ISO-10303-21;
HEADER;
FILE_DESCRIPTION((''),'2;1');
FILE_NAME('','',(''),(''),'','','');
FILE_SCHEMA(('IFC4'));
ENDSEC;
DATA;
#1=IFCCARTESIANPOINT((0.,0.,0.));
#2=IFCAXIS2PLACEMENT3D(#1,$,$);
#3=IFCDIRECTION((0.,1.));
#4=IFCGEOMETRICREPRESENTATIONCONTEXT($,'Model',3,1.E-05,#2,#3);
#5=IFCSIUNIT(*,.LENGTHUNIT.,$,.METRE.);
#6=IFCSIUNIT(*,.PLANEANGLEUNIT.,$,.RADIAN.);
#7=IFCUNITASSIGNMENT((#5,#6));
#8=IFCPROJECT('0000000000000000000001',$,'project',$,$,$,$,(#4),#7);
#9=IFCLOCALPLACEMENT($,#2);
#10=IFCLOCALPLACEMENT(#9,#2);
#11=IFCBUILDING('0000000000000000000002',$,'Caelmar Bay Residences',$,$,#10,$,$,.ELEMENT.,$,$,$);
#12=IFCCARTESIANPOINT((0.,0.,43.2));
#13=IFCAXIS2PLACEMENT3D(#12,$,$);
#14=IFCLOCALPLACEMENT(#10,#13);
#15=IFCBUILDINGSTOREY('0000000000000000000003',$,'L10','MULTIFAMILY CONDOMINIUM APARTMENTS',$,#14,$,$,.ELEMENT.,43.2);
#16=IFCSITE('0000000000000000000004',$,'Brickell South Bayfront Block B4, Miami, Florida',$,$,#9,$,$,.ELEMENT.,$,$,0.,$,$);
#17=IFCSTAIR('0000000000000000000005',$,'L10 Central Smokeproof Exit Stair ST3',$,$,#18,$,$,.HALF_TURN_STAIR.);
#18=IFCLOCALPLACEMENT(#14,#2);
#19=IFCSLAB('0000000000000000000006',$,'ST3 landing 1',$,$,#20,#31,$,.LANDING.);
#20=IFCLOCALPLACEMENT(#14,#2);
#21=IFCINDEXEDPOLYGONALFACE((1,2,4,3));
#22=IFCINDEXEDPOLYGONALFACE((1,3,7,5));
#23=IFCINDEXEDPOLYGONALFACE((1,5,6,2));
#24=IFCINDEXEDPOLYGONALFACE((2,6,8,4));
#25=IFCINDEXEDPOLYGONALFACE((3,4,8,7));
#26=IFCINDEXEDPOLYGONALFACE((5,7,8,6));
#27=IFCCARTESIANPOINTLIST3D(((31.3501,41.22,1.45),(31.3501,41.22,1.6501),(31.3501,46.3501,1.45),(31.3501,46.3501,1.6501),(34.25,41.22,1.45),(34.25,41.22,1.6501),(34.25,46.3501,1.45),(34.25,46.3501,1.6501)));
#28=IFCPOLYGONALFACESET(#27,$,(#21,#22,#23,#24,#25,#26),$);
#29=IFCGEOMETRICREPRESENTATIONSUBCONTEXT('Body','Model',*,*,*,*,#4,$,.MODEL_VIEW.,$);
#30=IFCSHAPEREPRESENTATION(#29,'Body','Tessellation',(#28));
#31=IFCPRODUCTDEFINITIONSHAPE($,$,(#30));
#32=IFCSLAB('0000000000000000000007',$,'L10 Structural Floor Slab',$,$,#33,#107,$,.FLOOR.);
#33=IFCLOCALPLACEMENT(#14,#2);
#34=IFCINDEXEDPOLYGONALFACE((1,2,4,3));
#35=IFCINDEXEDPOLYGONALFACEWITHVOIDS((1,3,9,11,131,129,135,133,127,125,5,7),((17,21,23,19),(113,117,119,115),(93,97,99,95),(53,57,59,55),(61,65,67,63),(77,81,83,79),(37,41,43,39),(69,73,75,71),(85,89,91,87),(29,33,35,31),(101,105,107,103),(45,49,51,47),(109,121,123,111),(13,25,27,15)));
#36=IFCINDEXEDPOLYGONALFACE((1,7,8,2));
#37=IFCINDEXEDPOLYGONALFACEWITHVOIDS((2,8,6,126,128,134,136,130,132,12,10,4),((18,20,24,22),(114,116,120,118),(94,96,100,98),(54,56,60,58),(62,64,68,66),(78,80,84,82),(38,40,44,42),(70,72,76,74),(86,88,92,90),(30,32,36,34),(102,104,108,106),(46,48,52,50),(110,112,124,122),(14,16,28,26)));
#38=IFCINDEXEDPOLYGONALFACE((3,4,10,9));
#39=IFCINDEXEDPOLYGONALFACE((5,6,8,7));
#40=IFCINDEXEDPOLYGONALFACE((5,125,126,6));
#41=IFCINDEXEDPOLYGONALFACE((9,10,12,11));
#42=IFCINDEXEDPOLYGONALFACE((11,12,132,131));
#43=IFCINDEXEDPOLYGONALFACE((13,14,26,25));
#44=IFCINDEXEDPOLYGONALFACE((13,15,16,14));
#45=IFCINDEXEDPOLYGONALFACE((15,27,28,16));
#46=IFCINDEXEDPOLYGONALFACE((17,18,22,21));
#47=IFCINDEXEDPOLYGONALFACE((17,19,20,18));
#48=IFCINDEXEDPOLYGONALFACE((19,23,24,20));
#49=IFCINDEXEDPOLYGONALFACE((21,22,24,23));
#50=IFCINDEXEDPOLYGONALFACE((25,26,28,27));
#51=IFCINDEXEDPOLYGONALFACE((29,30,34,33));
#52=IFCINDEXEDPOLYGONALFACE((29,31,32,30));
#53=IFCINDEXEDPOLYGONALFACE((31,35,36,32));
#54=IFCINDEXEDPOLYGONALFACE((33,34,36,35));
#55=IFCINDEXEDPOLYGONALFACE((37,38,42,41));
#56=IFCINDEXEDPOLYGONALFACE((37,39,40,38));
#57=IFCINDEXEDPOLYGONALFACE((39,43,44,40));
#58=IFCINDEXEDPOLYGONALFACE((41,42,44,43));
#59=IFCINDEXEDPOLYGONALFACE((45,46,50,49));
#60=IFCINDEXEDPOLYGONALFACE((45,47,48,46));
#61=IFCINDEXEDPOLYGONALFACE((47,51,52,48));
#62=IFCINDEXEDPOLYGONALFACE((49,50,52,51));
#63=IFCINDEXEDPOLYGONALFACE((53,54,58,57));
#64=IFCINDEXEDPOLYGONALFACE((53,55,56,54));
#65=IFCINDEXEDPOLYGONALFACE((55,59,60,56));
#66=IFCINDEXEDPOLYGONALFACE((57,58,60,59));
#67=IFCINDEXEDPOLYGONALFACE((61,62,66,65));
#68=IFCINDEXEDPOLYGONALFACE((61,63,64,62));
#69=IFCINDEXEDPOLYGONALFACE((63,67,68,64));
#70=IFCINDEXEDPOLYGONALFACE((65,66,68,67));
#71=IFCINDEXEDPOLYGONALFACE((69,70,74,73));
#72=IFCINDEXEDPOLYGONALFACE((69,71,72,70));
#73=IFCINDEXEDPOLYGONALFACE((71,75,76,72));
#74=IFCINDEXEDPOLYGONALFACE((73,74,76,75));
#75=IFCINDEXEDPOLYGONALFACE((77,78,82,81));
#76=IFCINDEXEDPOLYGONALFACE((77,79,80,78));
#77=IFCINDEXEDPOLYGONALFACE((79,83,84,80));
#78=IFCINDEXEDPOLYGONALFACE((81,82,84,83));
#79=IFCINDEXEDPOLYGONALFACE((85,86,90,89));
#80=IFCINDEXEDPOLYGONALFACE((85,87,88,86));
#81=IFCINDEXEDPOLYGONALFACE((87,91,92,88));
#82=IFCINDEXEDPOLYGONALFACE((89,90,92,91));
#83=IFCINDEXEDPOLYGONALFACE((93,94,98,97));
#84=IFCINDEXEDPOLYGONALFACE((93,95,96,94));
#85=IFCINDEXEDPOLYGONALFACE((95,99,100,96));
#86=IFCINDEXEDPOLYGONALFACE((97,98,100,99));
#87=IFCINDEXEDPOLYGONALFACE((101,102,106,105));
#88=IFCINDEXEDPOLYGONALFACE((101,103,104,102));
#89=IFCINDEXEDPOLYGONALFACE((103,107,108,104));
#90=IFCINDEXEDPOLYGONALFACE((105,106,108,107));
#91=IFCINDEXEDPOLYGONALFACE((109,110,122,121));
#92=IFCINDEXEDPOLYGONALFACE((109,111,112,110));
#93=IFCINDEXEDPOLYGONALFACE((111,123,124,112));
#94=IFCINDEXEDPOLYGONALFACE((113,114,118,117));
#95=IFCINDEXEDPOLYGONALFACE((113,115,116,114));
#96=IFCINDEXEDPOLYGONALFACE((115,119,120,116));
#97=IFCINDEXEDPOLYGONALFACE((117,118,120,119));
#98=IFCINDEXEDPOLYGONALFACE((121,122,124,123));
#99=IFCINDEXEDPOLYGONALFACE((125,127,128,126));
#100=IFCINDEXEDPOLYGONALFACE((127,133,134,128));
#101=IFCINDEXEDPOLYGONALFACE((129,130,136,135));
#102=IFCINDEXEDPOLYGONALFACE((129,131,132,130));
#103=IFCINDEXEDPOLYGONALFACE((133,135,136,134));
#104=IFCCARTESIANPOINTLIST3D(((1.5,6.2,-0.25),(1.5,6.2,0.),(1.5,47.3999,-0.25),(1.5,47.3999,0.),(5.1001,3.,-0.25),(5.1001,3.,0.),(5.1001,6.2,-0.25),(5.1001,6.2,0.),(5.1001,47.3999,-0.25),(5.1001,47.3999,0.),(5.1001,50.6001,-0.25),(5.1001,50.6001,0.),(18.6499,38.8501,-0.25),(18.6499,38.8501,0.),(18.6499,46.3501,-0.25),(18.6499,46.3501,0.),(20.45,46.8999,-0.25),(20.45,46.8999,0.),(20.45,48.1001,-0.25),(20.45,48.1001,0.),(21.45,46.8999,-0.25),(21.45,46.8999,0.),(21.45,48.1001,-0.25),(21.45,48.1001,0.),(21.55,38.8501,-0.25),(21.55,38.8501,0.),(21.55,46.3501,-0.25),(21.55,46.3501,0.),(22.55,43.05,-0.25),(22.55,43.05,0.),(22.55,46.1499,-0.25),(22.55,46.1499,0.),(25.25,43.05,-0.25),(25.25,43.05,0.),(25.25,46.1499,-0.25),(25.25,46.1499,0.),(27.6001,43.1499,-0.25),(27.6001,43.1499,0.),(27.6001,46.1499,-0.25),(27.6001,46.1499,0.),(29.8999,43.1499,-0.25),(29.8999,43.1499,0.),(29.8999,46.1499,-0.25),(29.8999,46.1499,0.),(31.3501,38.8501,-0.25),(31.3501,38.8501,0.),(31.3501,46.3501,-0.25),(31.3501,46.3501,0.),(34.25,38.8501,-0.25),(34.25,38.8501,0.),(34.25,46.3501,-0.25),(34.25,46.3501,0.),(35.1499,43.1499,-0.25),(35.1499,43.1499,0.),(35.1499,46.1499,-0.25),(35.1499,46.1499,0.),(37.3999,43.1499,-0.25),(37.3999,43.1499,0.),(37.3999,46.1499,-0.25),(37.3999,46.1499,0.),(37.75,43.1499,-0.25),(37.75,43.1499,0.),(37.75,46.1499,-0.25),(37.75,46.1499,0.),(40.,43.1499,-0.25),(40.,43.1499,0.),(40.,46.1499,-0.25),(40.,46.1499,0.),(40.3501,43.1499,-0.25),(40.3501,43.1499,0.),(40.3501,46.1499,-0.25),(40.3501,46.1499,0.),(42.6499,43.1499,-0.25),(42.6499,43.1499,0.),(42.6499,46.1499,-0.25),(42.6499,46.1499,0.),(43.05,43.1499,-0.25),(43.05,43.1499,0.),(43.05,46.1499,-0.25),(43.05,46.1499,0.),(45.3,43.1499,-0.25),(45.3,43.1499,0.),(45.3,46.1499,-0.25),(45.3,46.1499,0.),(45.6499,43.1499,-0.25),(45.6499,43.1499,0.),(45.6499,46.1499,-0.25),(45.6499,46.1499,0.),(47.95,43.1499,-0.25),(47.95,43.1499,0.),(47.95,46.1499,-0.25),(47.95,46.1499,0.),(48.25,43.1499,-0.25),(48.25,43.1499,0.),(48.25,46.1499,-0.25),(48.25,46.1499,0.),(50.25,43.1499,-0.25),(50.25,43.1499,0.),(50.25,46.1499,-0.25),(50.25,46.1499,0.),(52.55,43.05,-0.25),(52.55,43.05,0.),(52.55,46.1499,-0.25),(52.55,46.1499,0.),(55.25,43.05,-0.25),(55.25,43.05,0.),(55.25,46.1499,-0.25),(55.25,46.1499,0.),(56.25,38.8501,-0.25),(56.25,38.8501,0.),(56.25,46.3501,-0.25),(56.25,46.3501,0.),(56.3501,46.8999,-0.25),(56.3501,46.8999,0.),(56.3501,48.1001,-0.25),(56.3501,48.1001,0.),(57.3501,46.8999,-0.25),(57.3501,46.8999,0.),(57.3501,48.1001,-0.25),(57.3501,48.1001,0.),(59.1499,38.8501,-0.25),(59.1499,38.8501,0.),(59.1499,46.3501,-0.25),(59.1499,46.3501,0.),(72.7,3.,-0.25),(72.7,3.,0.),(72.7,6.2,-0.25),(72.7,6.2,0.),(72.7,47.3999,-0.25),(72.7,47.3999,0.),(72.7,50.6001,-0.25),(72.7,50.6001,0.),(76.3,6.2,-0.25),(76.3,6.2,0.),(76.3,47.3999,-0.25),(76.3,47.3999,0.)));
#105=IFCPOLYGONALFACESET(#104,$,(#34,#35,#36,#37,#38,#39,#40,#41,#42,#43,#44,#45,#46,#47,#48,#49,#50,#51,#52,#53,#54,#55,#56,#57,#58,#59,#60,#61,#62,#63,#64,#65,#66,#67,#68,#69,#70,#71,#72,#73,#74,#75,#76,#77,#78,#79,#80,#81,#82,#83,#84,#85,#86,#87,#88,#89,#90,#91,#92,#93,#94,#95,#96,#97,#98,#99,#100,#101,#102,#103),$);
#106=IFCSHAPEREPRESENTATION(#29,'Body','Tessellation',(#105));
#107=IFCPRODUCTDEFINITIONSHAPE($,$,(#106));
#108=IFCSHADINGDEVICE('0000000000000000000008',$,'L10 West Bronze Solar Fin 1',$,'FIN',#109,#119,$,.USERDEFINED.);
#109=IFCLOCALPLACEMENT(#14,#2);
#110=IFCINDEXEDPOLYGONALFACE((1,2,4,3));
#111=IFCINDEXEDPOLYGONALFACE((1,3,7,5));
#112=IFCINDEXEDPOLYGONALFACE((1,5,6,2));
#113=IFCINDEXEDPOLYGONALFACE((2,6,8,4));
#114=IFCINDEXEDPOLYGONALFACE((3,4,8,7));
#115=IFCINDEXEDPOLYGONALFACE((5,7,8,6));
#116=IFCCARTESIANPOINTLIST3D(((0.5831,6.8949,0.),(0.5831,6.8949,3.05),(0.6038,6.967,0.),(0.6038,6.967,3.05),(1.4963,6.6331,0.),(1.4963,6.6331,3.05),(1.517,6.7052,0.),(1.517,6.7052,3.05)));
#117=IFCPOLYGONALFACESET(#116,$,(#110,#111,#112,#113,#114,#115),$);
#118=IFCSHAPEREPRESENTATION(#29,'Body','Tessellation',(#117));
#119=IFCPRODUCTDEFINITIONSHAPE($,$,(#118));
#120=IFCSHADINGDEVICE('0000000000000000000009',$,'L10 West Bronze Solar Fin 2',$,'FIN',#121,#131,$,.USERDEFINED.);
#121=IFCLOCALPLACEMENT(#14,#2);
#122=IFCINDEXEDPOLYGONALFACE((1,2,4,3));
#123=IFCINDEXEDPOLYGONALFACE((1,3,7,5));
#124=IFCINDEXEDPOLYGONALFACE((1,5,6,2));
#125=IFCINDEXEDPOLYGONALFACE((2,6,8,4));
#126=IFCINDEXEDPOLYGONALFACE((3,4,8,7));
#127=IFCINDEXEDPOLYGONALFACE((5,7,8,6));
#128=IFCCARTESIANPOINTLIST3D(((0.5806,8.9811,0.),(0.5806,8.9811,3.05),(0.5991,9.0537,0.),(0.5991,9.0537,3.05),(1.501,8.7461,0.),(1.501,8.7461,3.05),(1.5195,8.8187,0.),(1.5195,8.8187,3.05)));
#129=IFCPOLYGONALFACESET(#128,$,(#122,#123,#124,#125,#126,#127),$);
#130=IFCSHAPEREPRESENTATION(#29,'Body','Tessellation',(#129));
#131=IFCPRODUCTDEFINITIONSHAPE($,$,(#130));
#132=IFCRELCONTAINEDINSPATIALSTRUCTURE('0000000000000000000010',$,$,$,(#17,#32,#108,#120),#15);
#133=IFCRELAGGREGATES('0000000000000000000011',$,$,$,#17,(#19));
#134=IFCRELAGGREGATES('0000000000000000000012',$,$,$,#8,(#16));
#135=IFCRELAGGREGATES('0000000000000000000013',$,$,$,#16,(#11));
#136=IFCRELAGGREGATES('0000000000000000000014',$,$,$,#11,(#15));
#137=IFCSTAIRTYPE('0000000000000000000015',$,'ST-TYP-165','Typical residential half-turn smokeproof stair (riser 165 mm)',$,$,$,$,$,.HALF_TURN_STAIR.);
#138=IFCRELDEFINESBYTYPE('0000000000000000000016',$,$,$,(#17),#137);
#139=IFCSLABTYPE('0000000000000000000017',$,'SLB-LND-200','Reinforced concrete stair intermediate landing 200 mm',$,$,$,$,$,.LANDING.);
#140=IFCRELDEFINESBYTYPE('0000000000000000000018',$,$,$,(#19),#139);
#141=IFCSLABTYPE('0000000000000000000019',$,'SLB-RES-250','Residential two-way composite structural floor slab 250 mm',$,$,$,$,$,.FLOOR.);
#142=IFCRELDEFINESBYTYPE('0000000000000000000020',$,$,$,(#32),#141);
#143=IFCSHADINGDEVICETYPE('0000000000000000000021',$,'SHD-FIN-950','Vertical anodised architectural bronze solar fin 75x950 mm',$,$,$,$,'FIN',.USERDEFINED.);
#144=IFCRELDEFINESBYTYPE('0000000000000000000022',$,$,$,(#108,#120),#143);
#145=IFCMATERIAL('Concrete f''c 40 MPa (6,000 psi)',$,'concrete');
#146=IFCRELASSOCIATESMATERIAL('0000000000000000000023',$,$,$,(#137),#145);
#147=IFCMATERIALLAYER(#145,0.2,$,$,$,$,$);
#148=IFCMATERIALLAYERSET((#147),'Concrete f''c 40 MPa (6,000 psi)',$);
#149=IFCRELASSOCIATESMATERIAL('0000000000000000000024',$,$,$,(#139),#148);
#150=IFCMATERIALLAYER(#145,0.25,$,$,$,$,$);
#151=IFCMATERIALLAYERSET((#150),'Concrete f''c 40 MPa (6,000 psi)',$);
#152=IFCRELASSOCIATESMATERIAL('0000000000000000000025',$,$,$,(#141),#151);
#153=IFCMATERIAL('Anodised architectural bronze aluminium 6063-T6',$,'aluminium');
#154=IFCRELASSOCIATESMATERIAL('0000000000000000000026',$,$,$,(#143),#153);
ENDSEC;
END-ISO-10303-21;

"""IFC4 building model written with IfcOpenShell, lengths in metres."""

from ifc_helpers import new_model, si_unit, direction, frame, origin, origin_2d, place, context, subcontext, project, spatial, polyline, rectangle, outline, extrude, material, layer, layer_set, material_profile, profile_set, type_object, element, aggregate, save


model = new_model("IFC4")

# Units and contexts
model_context = context("Model", 3, precision=1e-05, world=origin(), true_north=direction((0.0, 1.0)))
body_context = subcontext(model_context, "Body", "Model", "MODEL_VIEW")
ifc_project = project(units=[si_unit("LENGTHUNIT", "METRE"), si_unit("PLANEANGLEUNIT", "RADIAN")], contexts=[model_context])

# Site, building, storey
site_placement = place(None, origin())
site = spatial("IfcSite", under=ifc_project, at=site_placement, Name="Brickell South Bayfront Block B4, Miami, Florida", CompositionType="ELEMENT", RefElevation=0.0)
building_placement = place(site_placement, origin())
building = spatial("IfcBuilding", under=site, at=building_placement, Name="Caelmar Bay Residences", CompositionType="ELEMENT")
storey_placement = place(building_placement, frame((0.0, 0.0, 43.2)))
storey = spatial("IfcBuildingStorey", under=building, at=storey_placement, Name="L10", Description="MULTIFAMILY CONDOMINIUM APARTMENTS", CompositionType="ELEMENT", Elevation=43.2)

# Shared definitions
ifc_material_1 = material(Name="Concrete f'c 40 MPa (6,000 psi)", Category="concrete")

# Stair, slab
stair_type = type_object("IfcStairType", Name="ST-TYP-165", Description="Typical residential half-turn smokeproof stair (riser 165 mm)", PredefinedType="HALF_TURN_STAIR", material=ifc_material_1)
ifc_layer_1 = layer(ifc_material_1, 0.2)
ifc_layer_set_1 = layer_set([ifc_layer_1], Name="Concrete f'c 40 MPa (6,000 psi)")
slab_type_1 = type_object("IfcSlabType", Name="SLB-LND-200", Description="Reinforced concrete stair intermediate landing 200 mm", PredefinedType="LANDING", material=ifc_layer_set_1)
stair_1_placement = place(storey_placement, origin())
stair_1 = element("IfcStair", 1, at=stair_1_placement, inside=storey, type_object=stair_type, Name="L10 Central Smokeproof Exit Stair ST3", PredefinedType="HALF_TURN_STAIR")
slab_1_placement = place(storey_placement, frame((0.0, 0.0, 1.45)))
slab_1 = element("IfcSlab", 2, at=slab_1_placement, type_object=slab_type_1, Name="ST3 landing 1", PredefinedType="LANDING", context=body_context, shape_type="SweptSolid", body=[
    extrude(outline(polyline([(34.25, 41.22), (34.25, 46.3501), (31.3501, 46.3501), (31.3501, 41.22), (34.25, 41.22)])), origin(), (0.0, 0.0, 1.0), 0.2002),
])
aggregate(stair_1, [slab_1])

# Slab
ifc_layer_2 = layer(ifc_material_1, 0.25)
ifc_layer_set_2 = layer_set([ifc_layer_2], Name="Concrete f'c 40 MPa (6,000 psi)")
slab_type_2 = type_object("IfcSlabType", Name="SLB-RES-250", Description="Residential two-way composite structural floor slab 250 mm", PredefinedType="FLOOR", material=ifc_layer_set_2)
slab_2_placement = place(storey_placement, frame((0.0, 0.0, -0.25)))
element("IfcSlab", 3, at=slab_2_placement, inside=storey, type_object=slab_type_2, Name="L10 Structural Floor Slab", PredefinedType="FLOOR", context=body_context, shape_type="SweptSolid", body=[
    extrude(outline(polyline([(5.1001, 3.0), (72.7, 3.0), (72.7, 6.2), (76.3, 6.2), (76.3, 47.3999), (72.7, 47.3999), (72.7, 50.6001), (5.1001, 50.6001), (5.1001, 47.3999), (1.5, 47.3999), (1.5, 6.2), (5.1001, 6.2), (5.1001, 3.0)]), holes=[polyline([(18.6499, 38.8501), (21.55, 38.8501), (21.55, 46.3501), (18.6499, 46.3501), (18.6499, 38.8501)]), polyline([(56.25, 38.8501), (59.1499, 38.8501), (59.1499, 46.3501), (56.25, 46.3501), (56.25, 38.8501)]), polyline([(31.3501, 38.8501), (34.25, 38.8501), (34.25, 46.3501), (31.3501, 46.3501), (31.3501, 38.8501)]), polyline([(22.55, 43.05), (25.25, 43.05), (25.25, 46.1499), (22.55, 46.1499), (22.55, 43.05)]), polyline([(52.55, 43.05), (55.25, 43.05), (55.25, 46.1499), (52.55, 46.1499), (52.55, 43.05)]), polyline([(35.1499, 43.1499), (37.3999, 43.1499), (37.3999, 46.1499), (35.1499, 46.1499), (35.1499, 43.1499)]), polyline([(37.75, 43.1499), (40.0, 43.1499), (40.0, 46.1499), (37.75, 46.1499), (37.75, 43.1499)]), polyline([(40.3501, 43.1499), (42.6499, 43.1499), (42.6499, 46.1499), (40.3501, 46.1499), (40.3501, 43.1499)]), polyline([(43.05, 43.1499), (45.3, 43.1499), (45.3, 46.1499), (43.05, 46.1499), (43.05, 43.1499)]), polyline([(45.6499, 43.1499), (47.95, 43.1499), (47.95, 46.1499), (45.6499, 46.1499), (45.6499, 43.1499)]), polyline([(48.25, 43.1499), (50.25, 43.1499), (50.25, 46.1499), (48.25, 46.1499), (48.25, 43.1499)]), polyline([(27.6001, 43.1499), (29.8999, 43.1499), (29.8999, 46.1499), (27.6001, 46.1499), (27.6001, 43.1499)]), polyline([(20.45, 46.8999), (21.45, 46.8999), (21.45, 48.1001), (20.45, 48.1001), (20.45, 46.8999)]), polyline([(56.3501, 46.8999), (57.3501, 46.8999), (57.3501, 48.1001), (56.3501, 48.1001), (56.3501, 46.8999)])]), origin(), (0.0, 0.0, 1.0), 0.25),
])

# Shading devices
ifc_material_2 = material(Name="Anodised architectural bronze aluminium 6063-T6", Category="aluminium")
ifc_material_profile_1 = material_profile(ifc_material_2, rectangle(XDim=0.075, YDim=0.95, at=origin_2d()), Name="BRONZE-FIN-75X950")
ifc_profile_set_1 = profile_set([ifc_material_profile_1], Name="Anodised architectural bronze aluminium 6063-T6")
shading_device_type = type_object("IfcShadingDeviceType", Name="SHD-FIN-950", Description="Vertical anodised architectural bronze solar fin 75x950 mm", ElementType="FIN", PredefinedType="USERDEFINED", material=ifc_profile_set_1)
for number, where, z_axis, x_axis, name in (
    (4, (1.05, 6.8, 0.0), (0.0, 0.0, 1.0), (0.275637, 0.961262, 0.0), "L10 West Bronze Solar Fin 1"),
    (5, (1.05, 8.8999, 0.0), (0.0, 0.0, 1.0), (0.247337, 0.968929, 0.0), "L10 West Bronze Solar Fin 2"),
):
    element("IfcShadingDevice", number, at=place(storey_placement, frame(where, z_axis=z_axis, x_axis=x_axis)), inside=storey, type_object=shading_device_type, Name=name, ObjectType="FIN", PredefinedType="USERDEFINED", context=body_context, shape_type="SweptSolid", body=[
        extrude(rectangle(XDim=0.075, YDim=0.95, at=origin_2d()), origin(), (0.0, 0.0, 1.0), 3.05),
    ])

save(model, "model.ifc")
